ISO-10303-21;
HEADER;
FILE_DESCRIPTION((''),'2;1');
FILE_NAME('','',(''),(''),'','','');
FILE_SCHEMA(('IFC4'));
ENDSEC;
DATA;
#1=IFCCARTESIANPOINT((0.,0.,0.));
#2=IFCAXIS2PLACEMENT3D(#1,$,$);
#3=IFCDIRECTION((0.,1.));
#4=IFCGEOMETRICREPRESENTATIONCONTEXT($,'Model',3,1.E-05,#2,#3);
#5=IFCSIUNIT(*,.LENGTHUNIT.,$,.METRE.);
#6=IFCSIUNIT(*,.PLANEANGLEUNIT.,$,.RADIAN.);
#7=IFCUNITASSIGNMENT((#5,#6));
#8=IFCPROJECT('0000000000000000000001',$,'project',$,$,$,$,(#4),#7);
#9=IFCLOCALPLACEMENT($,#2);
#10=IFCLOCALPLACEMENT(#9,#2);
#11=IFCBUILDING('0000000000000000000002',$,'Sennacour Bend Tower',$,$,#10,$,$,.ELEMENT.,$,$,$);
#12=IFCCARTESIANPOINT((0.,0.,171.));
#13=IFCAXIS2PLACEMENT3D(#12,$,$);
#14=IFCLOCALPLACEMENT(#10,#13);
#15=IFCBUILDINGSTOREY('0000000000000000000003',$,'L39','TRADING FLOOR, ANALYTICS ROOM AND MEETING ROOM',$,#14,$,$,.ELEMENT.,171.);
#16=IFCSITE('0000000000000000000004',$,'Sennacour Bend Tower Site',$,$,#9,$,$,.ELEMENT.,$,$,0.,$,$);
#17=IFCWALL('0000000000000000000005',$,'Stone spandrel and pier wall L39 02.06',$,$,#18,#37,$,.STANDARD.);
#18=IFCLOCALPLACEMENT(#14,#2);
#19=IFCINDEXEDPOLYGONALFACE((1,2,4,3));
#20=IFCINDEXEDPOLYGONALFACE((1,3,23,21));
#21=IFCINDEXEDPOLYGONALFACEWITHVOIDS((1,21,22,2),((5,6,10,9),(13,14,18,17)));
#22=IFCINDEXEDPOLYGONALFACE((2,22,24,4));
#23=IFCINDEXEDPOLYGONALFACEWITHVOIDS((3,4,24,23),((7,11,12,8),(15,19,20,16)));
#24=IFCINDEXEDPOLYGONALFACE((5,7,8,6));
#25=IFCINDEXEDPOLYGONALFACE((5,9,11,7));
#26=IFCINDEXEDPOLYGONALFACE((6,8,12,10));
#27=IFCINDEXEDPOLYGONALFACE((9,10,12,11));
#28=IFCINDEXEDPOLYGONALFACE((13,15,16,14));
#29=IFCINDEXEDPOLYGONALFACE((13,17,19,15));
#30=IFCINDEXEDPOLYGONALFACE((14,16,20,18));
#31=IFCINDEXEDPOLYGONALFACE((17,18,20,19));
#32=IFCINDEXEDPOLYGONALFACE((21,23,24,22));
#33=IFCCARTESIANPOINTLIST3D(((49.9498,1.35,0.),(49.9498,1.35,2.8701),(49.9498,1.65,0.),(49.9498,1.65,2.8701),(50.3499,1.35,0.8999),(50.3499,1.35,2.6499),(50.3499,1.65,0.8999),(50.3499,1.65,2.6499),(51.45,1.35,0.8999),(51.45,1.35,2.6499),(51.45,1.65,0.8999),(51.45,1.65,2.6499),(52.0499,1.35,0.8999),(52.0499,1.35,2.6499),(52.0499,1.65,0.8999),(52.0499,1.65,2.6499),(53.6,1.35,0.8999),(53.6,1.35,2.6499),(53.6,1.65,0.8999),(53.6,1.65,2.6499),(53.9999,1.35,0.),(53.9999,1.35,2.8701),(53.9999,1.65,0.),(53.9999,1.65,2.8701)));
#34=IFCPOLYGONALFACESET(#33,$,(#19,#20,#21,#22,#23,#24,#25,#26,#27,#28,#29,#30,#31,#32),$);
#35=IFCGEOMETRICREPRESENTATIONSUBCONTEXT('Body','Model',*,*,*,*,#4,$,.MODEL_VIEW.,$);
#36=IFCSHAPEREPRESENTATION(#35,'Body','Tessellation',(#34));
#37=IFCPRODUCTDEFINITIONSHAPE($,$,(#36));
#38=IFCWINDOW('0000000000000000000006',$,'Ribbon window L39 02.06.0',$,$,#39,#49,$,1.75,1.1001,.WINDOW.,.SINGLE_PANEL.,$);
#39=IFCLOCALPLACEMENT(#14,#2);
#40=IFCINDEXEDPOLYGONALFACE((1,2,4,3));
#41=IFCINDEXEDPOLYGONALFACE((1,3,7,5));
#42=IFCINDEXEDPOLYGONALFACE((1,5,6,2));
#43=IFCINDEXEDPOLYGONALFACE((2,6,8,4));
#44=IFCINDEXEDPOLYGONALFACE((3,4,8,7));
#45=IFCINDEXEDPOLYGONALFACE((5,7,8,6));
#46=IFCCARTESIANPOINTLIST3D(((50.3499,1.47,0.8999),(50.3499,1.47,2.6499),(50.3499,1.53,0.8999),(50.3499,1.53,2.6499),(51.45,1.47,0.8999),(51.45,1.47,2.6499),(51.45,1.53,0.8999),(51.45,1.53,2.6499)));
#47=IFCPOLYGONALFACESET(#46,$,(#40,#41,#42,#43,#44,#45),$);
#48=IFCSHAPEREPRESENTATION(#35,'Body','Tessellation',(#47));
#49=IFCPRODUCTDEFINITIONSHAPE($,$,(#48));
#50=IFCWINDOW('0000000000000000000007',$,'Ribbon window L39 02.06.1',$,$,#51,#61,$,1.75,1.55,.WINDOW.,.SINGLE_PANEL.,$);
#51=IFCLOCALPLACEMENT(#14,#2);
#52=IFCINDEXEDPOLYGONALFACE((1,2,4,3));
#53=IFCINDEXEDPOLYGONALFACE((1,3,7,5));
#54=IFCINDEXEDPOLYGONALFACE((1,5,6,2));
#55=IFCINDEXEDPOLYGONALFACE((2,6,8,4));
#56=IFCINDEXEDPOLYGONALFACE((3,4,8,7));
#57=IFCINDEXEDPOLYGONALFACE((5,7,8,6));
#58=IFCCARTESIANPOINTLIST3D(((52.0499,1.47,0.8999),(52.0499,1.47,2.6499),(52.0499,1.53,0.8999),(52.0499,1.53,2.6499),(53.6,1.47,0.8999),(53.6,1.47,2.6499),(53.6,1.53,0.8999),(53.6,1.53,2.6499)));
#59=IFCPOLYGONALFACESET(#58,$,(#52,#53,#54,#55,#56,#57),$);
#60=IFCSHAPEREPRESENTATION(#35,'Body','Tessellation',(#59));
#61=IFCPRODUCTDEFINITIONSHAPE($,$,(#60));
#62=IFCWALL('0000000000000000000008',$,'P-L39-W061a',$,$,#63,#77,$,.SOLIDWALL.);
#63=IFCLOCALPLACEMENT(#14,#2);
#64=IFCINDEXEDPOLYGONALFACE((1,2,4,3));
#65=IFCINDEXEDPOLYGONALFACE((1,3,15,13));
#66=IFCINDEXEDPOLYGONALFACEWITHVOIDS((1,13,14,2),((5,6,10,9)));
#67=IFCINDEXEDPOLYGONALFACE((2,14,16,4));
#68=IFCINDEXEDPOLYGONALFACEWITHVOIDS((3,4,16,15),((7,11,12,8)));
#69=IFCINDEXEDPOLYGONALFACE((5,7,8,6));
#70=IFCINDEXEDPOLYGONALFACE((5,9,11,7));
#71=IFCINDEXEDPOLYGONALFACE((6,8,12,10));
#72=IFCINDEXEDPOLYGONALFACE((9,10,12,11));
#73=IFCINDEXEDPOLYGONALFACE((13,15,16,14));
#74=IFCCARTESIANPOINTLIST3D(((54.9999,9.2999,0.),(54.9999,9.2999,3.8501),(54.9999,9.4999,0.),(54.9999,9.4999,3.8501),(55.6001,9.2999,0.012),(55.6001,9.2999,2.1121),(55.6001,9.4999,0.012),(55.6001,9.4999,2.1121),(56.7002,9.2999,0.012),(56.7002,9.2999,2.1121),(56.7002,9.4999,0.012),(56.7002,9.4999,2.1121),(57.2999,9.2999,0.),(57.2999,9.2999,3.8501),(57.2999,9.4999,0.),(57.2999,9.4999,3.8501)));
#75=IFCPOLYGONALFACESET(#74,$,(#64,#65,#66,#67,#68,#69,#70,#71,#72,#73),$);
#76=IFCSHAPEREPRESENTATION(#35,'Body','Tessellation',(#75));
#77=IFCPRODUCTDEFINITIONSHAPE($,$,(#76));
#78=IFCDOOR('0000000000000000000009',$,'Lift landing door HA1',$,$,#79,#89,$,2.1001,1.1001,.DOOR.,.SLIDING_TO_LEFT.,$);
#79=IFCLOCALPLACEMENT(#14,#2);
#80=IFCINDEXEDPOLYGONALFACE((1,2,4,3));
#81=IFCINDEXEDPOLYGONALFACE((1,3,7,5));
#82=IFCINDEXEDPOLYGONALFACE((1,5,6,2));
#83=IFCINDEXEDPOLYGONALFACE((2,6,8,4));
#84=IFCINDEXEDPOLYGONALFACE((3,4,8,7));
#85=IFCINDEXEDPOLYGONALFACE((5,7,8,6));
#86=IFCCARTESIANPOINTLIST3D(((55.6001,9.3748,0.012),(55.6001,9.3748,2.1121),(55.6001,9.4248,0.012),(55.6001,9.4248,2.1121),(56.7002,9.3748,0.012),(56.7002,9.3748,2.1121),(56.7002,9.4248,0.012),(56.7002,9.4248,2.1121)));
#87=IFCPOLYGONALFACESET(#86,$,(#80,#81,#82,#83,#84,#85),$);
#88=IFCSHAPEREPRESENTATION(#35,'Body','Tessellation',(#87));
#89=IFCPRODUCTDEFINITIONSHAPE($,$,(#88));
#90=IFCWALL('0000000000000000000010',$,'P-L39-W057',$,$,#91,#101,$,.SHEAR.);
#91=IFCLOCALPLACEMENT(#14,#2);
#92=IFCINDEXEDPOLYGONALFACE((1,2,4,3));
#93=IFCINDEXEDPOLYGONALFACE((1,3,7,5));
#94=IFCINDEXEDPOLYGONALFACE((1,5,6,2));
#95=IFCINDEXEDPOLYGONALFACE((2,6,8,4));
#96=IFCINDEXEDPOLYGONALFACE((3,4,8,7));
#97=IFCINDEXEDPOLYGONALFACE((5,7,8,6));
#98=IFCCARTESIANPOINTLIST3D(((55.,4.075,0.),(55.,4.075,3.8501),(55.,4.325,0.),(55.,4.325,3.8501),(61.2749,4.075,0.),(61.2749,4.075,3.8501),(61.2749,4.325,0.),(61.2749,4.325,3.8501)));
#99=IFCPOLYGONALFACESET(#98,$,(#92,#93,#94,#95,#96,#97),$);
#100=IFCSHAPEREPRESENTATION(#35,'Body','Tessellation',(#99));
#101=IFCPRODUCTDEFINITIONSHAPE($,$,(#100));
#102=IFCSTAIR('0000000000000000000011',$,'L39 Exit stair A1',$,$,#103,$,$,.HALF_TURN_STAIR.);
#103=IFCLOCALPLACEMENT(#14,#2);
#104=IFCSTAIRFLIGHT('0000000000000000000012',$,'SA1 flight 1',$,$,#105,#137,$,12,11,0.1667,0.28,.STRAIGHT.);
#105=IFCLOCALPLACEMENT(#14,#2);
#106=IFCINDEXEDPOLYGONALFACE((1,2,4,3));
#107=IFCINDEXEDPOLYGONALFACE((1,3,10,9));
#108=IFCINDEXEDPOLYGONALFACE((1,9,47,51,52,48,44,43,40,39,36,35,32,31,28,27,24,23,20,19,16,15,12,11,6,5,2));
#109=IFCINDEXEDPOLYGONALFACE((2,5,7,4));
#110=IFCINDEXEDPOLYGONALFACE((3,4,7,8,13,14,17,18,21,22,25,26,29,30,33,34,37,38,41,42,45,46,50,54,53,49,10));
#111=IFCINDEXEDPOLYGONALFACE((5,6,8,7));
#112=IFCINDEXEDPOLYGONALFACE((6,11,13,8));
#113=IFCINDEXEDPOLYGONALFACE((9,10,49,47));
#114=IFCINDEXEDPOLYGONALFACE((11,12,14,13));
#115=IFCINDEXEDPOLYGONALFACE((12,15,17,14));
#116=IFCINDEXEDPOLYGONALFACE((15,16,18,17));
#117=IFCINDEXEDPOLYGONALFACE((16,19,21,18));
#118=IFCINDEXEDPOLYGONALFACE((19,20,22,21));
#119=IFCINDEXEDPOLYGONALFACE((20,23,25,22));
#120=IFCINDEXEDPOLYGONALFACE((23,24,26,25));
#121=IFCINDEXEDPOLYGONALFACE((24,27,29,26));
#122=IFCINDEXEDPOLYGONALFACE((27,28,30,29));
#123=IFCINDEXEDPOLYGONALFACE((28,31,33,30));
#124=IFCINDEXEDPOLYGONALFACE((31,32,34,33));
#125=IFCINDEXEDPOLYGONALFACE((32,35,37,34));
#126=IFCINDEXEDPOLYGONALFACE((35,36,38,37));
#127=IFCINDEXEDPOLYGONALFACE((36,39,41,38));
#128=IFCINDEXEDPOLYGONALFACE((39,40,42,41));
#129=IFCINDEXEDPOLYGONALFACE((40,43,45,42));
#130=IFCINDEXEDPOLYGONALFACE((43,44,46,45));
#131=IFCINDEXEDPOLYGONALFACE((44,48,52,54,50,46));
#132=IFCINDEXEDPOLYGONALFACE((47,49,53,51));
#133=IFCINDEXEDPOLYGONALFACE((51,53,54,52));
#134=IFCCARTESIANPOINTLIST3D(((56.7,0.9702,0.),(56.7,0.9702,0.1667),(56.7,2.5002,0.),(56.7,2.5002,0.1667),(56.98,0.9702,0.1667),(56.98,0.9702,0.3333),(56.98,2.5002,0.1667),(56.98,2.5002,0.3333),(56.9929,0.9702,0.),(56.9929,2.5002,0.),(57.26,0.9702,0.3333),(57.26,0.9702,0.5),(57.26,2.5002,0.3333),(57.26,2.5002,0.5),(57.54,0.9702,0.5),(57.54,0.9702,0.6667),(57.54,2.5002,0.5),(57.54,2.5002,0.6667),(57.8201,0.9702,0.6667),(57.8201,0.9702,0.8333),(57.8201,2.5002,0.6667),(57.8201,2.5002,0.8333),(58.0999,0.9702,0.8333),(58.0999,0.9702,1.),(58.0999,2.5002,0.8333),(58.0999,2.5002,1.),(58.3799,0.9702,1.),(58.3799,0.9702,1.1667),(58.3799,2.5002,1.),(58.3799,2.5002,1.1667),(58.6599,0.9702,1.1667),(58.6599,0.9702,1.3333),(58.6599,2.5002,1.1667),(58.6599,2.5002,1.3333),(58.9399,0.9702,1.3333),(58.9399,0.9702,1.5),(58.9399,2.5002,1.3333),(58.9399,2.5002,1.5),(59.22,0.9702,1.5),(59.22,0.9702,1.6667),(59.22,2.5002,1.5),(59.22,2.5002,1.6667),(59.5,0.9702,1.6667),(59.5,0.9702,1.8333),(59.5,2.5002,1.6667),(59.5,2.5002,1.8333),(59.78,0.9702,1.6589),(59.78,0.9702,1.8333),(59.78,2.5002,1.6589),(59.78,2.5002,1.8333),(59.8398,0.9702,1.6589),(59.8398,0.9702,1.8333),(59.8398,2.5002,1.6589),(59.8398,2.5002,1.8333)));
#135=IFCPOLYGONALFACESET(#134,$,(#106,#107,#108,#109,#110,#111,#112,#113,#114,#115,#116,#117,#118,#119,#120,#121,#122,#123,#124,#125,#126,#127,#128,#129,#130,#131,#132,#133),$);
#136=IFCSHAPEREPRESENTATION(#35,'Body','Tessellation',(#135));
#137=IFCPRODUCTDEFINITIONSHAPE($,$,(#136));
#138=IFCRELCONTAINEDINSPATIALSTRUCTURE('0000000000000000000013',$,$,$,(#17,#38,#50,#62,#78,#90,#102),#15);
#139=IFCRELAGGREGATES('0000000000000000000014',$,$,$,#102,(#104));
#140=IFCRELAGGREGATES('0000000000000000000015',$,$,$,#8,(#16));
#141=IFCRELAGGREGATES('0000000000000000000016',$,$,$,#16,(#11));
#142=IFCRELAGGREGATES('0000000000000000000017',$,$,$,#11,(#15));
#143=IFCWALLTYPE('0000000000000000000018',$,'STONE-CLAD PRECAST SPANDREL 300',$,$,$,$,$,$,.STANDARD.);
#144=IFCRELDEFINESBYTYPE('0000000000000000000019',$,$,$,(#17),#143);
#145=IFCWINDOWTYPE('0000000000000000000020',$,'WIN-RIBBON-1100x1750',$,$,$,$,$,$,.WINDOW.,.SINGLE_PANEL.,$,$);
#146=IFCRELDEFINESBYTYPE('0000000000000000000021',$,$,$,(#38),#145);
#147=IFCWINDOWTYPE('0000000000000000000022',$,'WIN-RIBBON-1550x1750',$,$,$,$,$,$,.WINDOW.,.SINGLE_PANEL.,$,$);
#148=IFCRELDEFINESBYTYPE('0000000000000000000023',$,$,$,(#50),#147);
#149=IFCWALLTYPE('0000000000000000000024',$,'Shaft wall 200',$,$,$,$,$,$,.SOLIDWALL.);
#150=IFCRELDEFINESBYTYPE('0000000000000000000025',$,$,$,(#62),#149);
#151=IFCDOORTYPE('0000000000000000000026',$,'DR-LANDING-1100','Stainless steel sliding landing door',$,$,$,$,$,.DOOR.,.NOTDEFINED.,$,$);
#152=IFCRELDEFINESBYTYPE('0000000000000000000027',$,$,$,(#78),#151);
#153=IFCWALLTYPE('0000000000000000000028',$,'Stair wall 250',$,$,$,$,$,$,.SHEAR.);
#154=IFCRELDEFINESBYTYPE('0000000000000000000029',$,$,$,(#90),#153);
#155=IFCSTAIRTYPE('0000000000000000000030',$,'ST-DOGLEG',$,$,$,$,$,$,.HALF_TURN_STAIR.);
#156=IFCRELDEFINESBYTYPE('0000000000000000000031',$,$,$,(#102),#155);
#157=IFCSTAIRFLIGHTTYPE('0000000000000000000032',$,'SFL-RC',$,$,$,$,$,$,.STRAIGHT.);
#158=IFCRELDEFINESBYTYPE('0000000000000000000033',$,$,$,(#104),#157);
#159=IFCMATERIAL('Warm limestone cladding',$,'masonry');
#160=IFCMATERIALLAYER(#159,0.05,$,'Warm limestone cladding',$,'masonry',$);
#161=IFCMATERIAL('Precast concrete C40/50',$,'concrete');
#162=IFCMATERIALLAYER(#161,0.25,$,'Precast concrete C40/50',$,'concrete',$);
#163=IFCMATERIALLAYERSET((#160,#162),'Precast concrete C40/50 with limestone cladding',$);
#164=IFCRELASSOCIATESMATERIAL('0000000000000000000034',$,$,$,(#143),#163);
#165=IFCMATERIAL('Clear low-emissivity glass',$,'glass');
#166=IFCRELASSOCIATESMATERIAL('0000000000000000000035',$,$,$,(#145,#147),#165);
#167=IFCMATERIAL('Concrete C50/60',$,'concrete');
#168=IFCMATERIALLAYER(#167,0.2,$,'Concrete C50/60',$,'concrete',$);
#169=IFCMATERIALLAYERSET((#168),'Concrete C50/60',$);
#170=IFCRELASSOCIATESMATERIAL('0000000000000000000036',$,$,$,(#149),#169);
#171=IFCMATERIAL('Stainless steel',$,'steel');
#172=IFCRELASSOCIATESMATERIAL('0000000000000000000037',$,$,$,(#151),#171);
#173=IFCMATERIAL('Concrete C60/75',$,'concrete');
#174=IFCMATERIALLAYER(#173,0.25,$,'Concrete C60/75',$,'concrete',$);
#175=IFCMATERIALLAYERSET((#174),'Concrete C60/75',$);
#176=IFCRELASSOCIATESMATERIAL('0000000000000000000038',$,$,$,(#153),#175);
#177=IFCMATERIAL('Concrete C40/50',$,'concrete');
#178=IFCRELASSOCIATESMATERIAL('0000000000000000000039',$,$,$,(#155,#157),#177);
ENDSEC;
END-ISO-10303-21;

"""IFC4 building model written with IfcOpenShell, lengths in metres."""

from ifc_helpers import new_model, si_unit, direction, frame, frame_2d, origin, place, context, subcontext, project, spatial, polyline, rectangle, outline, extrude, material, layer, layer_set, type_object, element, fill, aggregate, save


model = new_model("IFC4")

# Units and contexts
model_context = context("Model", 3, precision=1e-05, world=origin(), true_north=direction((0.0, 1.0)))
body_context = subcontext(model_context, "Body", "Model", "MODEL_VIEW")
ifc_project = project(units=[si_unit("LENGTHUNIT", "METRE"), si_unit("PLANEANGLEUNIT", "RADIAN")], contexts=[model_context])

# Site, building, storey
site_placement = place(None, origin())
site = spatial("IfcSite", under=ifc_project, at=site_placement, Name="Sennacour Bend Tower Site", CompositionType="ELEMENT", RefElevation=0.0)
building_placement = place(site_placement, origin())
building = spatial("IfcBuilding", under=site, at=building_placement, Name="Sennacour Bend Tower", CompositionType="ELEMENT")
storey_placement = place(building_placement, frame((0.0, 0.0, 171.0)))
storey = spatial("IfcBuildingStorey", under=building, at=storey_placement, Name="L39", Description="TRADING FLOOR, ANALYTICS ROOM AND MEETING ROOM", CompositionType="ELEMENT", Elevation=171.0)

# Shared definitions
ifc_material_1 = material(Name="Concrete C60/75", Category="concrete")

# Wall, openings, windows
ifc_material_2 = material(Name="Warm limestone cladding", Category="masonry")
ifc_layer_1 = layer(ifc_material_2, 0.05, Name="Warm limestone cladding", Category="masonry")
ifc_material_3 = material(Name="Precast concrete C40/50", Category="concrete")
ifc_layer_2 = layer(ifc_material_3, 0.25, Name="Precast concrete C40/50", Category="concrete")
ifc_layer_set_1 = layer_set([ifc_layer_1, ifc_layer_2], Name="Precast concrete C40/50 with limestone cladding")
wall_type_1 = type_object("IfcWallType", Name="STONE-CLAD PRECAST SPANDREL 300", PredefinedType="STANDARD", material=ifc_layer_set_1)
wall_1_placement = place(storey_placement, frame((49.95, 1.5, 0.0), z_axis=(0.0, 0.0, 1.0), x_axis=(1.0, 0.0, 0.0)))
wall_1 = element("IfcWall", 1, at=wall_1_placement, inside=storey, type_object=wall_type_1, Name="Stone spandrel and pier wall L39 02.06", PredefinedType="STANDARD", context=body_context, shape_type="SweptSolid", body=[
    extrude(rectangle(XDim=4.05, YDim=0.3, at=frame_2d((2.0249, 0.0))), origin(), (0.0, 0.0, 1.0), 2.8701),
])
opening_1_placement = place(wall_1_placement, frame((0.3999, 0.0, 0.8999)))
opening_1 = element("IfcOpeningElement", 2, at=opening_1_placement, cuts=wall_1, PredefinedType="OPENING", context=body_context, shape_type="SweptSolid", body=[
    extrude(rectangle(XDim=1.1001, YDim=1.75, at=frame_2d((0.55, 0.875))), frame((0.0, 0.1602, 0.0), z_axis=(0.0, -1.0, 0.0), x_axis=(1.0, 0.0, 0.0)), (0.0, 0.0, 1.0), 0.3201),
])
opening_2_placement = place(wall_1_placement, frame((2.1001, 0.0, 0.8999)))
opening_2 = element("IfcOpeningElement", 3, at=opening_2_placement, cuts=wall_1, PredefinedType="OPENING", context=body_context, shape_type="SweptSolid", body=[
    extrude(rectangle(XDim=1.55, YDim=1.75, at=frame_2d((0.7749, 0.875))), frame((0.0, 0.1602, 0.0), z_axis=(0.0, -1.0, 0.0), x_axis=(1.0, 0.0, 0.0)), (0.0, 0.0, 1.0), 0.3201),
])
ifc_material_4 = material(Name="Clear low-emissivity glass", Category="glass")
window_type_1 = type_object("IfcWindowType", Name="WIN-RIBBON-1100x1750", PartitioningType="SINGLE_PANEL", PredefinedType="WINDOW", material=ifc_material_4)
window_1_placement = place(opening_1_placement, origin())
window_1 = element("IfcWindow", 4, at=window_1_placement, inside=storey, type_object=window_type_1, Name="Ribbon window L39 02.06.0", OverallHeight=1.75, OverallWidth=1.1001, PartitioningType="SINGLE_PANEL", PredefinedType="WINDOW", context=body_context, shape_type="SweptSolid", body=[
    extrude(rectangle(XDim=1.1001, YDim=1.75, at=frame_2d((0.55, 0.875))), frame((0.0, 0.03, 0.0), z_axis=(0.0, -1.0, 0.0), x_axis=(1.0, 0.0, 0.0)), (0.0, 0.0, 1.0), 0.0601),
])
fill(opening_1, window_1)
window_type_2 = type_object("IfcWindowType", Name="WIN-RIBBON-1550x1750", PartitioningType="SINGLE_PANEL", PredefinedType="WINDOW", material=ifc_material_4)
window_2_placement = place(opening_2_placement, origin())
window_2 = element("IfcWindow", 5, at=window_2_placement, inside=storey, type_object=window_type_2, Name="Ribbon window L39 02.06.1", OverallHeight=1.75, OverallWidth=1.55, PartitioningType="SINGLE_PANEL", PredefinedType="WINDOW", context=body_context, shape_type="SweptSolid", body=[
    extrude(rectangle(XDim=1.55, YDim=1.75, at=frame_2d((0.7749, 0.875))), frame((0.0, 0.03, 0.0), z_axis=(0.0, -1.0, 0.0), x_axis=(1.0, 0.0, 0.0)), (0.0, 0.0, 1.0), 0.0601),
])
fill(opening_2, window_2)

# Wall, opening, door
ifc_material_5 = material(Name="Concrete C50/60", Category="concrete")
ifc_layer_3 = layer(ifc_material_5, 0.2, Name="Concrete C50/60", Category="concrete")
ifc_layer_set_2 = layer_set([ifc_layer_3], Name="Concrete C50/60")
wall_type_2 = type_object("IfcWallType", Name="Shaft wall 200", PredefinedType="SOLIDWALL", material=ifc_layer_set_2)
wall_2_placement = place(storey_placement, frame((55.0, 9.3999, 0.0), z_axis=(0.0, 0.0, 1.0), x_axis=(1.0, 0.0, 0.0)))
wall_2 = element("IfcWall", 6, at=wall_2_placement, inside=storey, type_object=wall_type_2, Name="P-L39-W061a", PredefinedType="SOLIDWALL", context=body_context, shape_type="SweptSolid", body=[
    extrude(rectangle(XDim=2.3, YDim=0.2, at=frame_2d((1.1499, 0.0))), origin(), (0.0, 0.0, 1.0), 3.8501),
])
opening_3_placement = place(wall_2_placement, frame((0.6001, 0.0, 0.012)))
opening_3 = element("IfcOpeningElement", 7, at=opening_3_placement, cuts=wall_2, PredefinedType="OPENING", context=body_context, shape_type="SweptSolid", body=[
    extrude(rectangle(XDim=1.1001, YDim=2.1001, at=frame_2d((0.55, 1.05))), frame((0.0, 0.1099, 0.0), z_axis=(0.0, -1.0, 0.0), x_axis=(1.0, 0.0, 0.0)), (0.0, 0.0, 1.0), 0.22),
])
ifc_material_6 = material(Name="Stainless steel", Category="steel")
door_type_1 = type_object("IfcDoorType", Name="DR-LANDING-1100", Description="Stainless steel sliding landing door", OperationType="NOTDEFINED", PredefinedType="DOOR", material=ifc_material_6)
door_1_placement = place(opening_3_placement, origin())
door_1 = element("IfcDoor", 8, at=door_1_placement, inside=storey, type_object=door_type_1, Name="Lift landing door HA1", OperationType="SLIDING_TO_LEFT", OverallHeight=2.1001, OverallWidth=1.1001, PredefinedType="DOOR", context=body_context, shape_type="SweptSolid", body=[
    extrude(rectangle(XDim=1.1001, YDim=2.1001, at=frame_2d((0.55, 1.05))), frame((0.0, 0.0249, 0.0), z_axis=(0.0, -1.0, 0.0), x_axis=(1.0, 0.0, 0.0)), (0.0, 0.0, 1.0), 0.05),
])
fill(opening_3, door_1)

# Wall
ifc_layer_4 = layer(ifc_material_1, 0.25, Name="Concrete C60/75", Category="concrete")
ifc_layer_set_3 = layer_set([ifc_layer_4], Name="Concrete C60/75")
wall_type_3 = type_object("IfcWallType", Name="Stair wall 250", PredefinedType="SHEAR", material=ifc_layer_set_3)
wall_3_placement = place(storey_placement, frame((55.0, 4.2, 0.0), z_axis=(0.0, 0.0, 1.0), x_axis=(1.0, 0.0, 0.0)))
element("IfcWall", 9, at=wall_3_placement, inside=storey, type_object=wall_type_3, Name="P-L39-W057", PredefinedType="SHEAR", context=body_context, shape_type="SweptSolid", body=[
    extrude(rectangle(XDim=6.2749, YDim=0.25, at=frame_2d((3.1375, 0.0))), origin(), (0.0, 0.0, 1.0), 3.8501),
])

# Stair, stair flight
ifc_material_7 = material(Name="Concrete C40/50", Category="concrete")
stair_type = type_object("IfcStairType", Name="ST-DOGLEG", PredefinedType="HALF_TURN_STAIR", material=ifc_material_7)
stair_placement = place(storey_placement, origin())
stair = element("IfcStair", 10, at=stair_placement, inside=storey, type_object=stair_type, Name="L39 Exit stair A1", PredefinedType="HALF_TURN_STAIR")
stair_flight_type = type_object("IfcStairFlightType", Name="SFL-RC", PredefinedType="STRAIGHT", material=ifc_material_7)
stair_flight_placement = place(storey_placement, frame((56.7, 1.7351, 0.0), z_axis=(0.0, 0.0, 1.0), x_axis=(1.0, 0.0, 0.0)))
stair_flight = element("IfcStairFlight", 11, at=stair_flight_placement, type_object=stair_flight_type, Name="SA1 flight 1", NumberOfRisers=12, NumberOfTreads=11, PredefinedType="STRAIGHT", RiserHeight=0.1667, TreadLength=0.28, context=body_context, shape_type="SweptSolid", body=[
    extrude(outline(polyline([(0.0, 0.0), (0.0, 0.1667), (0.28, 0.1667), (0.28, 0.3333), (0.5601, 0.3333), (0.5601, 0.5), (0.8401, 0.5), (0.8401, 0.6667), (1.1201, 0.6667), (1.1201, 0.8333), (1.3999, 0.8333), (1.3999, 1.0), (1.6799, 1.0), (1.6799, 1.1667), (1.96, 1.1667), (1.96, 1.3333), (2.24, 1.3333), (2.24, 1.5), (2.52, 1.5), (2.52, 1.6667), (2.8, 1.6667), (2.8, 1.8333), (3.0801, 1.8333), (3.1399, 1.8333), (3.1399, 1.6589), (3.0801, 1.6589), (0.293, 0.0), (0.0, 0.0)])), frame((0.0, 0.7651, 0.0), z_axis=(0.0, -1.0, 0.0), x_axis=(1.0, 0.0, 0.0)), (0.0, 0.0, 1.0), 1.53),
])
aggregate(stair, [stair_flight])

save(model, "model.ifc")
